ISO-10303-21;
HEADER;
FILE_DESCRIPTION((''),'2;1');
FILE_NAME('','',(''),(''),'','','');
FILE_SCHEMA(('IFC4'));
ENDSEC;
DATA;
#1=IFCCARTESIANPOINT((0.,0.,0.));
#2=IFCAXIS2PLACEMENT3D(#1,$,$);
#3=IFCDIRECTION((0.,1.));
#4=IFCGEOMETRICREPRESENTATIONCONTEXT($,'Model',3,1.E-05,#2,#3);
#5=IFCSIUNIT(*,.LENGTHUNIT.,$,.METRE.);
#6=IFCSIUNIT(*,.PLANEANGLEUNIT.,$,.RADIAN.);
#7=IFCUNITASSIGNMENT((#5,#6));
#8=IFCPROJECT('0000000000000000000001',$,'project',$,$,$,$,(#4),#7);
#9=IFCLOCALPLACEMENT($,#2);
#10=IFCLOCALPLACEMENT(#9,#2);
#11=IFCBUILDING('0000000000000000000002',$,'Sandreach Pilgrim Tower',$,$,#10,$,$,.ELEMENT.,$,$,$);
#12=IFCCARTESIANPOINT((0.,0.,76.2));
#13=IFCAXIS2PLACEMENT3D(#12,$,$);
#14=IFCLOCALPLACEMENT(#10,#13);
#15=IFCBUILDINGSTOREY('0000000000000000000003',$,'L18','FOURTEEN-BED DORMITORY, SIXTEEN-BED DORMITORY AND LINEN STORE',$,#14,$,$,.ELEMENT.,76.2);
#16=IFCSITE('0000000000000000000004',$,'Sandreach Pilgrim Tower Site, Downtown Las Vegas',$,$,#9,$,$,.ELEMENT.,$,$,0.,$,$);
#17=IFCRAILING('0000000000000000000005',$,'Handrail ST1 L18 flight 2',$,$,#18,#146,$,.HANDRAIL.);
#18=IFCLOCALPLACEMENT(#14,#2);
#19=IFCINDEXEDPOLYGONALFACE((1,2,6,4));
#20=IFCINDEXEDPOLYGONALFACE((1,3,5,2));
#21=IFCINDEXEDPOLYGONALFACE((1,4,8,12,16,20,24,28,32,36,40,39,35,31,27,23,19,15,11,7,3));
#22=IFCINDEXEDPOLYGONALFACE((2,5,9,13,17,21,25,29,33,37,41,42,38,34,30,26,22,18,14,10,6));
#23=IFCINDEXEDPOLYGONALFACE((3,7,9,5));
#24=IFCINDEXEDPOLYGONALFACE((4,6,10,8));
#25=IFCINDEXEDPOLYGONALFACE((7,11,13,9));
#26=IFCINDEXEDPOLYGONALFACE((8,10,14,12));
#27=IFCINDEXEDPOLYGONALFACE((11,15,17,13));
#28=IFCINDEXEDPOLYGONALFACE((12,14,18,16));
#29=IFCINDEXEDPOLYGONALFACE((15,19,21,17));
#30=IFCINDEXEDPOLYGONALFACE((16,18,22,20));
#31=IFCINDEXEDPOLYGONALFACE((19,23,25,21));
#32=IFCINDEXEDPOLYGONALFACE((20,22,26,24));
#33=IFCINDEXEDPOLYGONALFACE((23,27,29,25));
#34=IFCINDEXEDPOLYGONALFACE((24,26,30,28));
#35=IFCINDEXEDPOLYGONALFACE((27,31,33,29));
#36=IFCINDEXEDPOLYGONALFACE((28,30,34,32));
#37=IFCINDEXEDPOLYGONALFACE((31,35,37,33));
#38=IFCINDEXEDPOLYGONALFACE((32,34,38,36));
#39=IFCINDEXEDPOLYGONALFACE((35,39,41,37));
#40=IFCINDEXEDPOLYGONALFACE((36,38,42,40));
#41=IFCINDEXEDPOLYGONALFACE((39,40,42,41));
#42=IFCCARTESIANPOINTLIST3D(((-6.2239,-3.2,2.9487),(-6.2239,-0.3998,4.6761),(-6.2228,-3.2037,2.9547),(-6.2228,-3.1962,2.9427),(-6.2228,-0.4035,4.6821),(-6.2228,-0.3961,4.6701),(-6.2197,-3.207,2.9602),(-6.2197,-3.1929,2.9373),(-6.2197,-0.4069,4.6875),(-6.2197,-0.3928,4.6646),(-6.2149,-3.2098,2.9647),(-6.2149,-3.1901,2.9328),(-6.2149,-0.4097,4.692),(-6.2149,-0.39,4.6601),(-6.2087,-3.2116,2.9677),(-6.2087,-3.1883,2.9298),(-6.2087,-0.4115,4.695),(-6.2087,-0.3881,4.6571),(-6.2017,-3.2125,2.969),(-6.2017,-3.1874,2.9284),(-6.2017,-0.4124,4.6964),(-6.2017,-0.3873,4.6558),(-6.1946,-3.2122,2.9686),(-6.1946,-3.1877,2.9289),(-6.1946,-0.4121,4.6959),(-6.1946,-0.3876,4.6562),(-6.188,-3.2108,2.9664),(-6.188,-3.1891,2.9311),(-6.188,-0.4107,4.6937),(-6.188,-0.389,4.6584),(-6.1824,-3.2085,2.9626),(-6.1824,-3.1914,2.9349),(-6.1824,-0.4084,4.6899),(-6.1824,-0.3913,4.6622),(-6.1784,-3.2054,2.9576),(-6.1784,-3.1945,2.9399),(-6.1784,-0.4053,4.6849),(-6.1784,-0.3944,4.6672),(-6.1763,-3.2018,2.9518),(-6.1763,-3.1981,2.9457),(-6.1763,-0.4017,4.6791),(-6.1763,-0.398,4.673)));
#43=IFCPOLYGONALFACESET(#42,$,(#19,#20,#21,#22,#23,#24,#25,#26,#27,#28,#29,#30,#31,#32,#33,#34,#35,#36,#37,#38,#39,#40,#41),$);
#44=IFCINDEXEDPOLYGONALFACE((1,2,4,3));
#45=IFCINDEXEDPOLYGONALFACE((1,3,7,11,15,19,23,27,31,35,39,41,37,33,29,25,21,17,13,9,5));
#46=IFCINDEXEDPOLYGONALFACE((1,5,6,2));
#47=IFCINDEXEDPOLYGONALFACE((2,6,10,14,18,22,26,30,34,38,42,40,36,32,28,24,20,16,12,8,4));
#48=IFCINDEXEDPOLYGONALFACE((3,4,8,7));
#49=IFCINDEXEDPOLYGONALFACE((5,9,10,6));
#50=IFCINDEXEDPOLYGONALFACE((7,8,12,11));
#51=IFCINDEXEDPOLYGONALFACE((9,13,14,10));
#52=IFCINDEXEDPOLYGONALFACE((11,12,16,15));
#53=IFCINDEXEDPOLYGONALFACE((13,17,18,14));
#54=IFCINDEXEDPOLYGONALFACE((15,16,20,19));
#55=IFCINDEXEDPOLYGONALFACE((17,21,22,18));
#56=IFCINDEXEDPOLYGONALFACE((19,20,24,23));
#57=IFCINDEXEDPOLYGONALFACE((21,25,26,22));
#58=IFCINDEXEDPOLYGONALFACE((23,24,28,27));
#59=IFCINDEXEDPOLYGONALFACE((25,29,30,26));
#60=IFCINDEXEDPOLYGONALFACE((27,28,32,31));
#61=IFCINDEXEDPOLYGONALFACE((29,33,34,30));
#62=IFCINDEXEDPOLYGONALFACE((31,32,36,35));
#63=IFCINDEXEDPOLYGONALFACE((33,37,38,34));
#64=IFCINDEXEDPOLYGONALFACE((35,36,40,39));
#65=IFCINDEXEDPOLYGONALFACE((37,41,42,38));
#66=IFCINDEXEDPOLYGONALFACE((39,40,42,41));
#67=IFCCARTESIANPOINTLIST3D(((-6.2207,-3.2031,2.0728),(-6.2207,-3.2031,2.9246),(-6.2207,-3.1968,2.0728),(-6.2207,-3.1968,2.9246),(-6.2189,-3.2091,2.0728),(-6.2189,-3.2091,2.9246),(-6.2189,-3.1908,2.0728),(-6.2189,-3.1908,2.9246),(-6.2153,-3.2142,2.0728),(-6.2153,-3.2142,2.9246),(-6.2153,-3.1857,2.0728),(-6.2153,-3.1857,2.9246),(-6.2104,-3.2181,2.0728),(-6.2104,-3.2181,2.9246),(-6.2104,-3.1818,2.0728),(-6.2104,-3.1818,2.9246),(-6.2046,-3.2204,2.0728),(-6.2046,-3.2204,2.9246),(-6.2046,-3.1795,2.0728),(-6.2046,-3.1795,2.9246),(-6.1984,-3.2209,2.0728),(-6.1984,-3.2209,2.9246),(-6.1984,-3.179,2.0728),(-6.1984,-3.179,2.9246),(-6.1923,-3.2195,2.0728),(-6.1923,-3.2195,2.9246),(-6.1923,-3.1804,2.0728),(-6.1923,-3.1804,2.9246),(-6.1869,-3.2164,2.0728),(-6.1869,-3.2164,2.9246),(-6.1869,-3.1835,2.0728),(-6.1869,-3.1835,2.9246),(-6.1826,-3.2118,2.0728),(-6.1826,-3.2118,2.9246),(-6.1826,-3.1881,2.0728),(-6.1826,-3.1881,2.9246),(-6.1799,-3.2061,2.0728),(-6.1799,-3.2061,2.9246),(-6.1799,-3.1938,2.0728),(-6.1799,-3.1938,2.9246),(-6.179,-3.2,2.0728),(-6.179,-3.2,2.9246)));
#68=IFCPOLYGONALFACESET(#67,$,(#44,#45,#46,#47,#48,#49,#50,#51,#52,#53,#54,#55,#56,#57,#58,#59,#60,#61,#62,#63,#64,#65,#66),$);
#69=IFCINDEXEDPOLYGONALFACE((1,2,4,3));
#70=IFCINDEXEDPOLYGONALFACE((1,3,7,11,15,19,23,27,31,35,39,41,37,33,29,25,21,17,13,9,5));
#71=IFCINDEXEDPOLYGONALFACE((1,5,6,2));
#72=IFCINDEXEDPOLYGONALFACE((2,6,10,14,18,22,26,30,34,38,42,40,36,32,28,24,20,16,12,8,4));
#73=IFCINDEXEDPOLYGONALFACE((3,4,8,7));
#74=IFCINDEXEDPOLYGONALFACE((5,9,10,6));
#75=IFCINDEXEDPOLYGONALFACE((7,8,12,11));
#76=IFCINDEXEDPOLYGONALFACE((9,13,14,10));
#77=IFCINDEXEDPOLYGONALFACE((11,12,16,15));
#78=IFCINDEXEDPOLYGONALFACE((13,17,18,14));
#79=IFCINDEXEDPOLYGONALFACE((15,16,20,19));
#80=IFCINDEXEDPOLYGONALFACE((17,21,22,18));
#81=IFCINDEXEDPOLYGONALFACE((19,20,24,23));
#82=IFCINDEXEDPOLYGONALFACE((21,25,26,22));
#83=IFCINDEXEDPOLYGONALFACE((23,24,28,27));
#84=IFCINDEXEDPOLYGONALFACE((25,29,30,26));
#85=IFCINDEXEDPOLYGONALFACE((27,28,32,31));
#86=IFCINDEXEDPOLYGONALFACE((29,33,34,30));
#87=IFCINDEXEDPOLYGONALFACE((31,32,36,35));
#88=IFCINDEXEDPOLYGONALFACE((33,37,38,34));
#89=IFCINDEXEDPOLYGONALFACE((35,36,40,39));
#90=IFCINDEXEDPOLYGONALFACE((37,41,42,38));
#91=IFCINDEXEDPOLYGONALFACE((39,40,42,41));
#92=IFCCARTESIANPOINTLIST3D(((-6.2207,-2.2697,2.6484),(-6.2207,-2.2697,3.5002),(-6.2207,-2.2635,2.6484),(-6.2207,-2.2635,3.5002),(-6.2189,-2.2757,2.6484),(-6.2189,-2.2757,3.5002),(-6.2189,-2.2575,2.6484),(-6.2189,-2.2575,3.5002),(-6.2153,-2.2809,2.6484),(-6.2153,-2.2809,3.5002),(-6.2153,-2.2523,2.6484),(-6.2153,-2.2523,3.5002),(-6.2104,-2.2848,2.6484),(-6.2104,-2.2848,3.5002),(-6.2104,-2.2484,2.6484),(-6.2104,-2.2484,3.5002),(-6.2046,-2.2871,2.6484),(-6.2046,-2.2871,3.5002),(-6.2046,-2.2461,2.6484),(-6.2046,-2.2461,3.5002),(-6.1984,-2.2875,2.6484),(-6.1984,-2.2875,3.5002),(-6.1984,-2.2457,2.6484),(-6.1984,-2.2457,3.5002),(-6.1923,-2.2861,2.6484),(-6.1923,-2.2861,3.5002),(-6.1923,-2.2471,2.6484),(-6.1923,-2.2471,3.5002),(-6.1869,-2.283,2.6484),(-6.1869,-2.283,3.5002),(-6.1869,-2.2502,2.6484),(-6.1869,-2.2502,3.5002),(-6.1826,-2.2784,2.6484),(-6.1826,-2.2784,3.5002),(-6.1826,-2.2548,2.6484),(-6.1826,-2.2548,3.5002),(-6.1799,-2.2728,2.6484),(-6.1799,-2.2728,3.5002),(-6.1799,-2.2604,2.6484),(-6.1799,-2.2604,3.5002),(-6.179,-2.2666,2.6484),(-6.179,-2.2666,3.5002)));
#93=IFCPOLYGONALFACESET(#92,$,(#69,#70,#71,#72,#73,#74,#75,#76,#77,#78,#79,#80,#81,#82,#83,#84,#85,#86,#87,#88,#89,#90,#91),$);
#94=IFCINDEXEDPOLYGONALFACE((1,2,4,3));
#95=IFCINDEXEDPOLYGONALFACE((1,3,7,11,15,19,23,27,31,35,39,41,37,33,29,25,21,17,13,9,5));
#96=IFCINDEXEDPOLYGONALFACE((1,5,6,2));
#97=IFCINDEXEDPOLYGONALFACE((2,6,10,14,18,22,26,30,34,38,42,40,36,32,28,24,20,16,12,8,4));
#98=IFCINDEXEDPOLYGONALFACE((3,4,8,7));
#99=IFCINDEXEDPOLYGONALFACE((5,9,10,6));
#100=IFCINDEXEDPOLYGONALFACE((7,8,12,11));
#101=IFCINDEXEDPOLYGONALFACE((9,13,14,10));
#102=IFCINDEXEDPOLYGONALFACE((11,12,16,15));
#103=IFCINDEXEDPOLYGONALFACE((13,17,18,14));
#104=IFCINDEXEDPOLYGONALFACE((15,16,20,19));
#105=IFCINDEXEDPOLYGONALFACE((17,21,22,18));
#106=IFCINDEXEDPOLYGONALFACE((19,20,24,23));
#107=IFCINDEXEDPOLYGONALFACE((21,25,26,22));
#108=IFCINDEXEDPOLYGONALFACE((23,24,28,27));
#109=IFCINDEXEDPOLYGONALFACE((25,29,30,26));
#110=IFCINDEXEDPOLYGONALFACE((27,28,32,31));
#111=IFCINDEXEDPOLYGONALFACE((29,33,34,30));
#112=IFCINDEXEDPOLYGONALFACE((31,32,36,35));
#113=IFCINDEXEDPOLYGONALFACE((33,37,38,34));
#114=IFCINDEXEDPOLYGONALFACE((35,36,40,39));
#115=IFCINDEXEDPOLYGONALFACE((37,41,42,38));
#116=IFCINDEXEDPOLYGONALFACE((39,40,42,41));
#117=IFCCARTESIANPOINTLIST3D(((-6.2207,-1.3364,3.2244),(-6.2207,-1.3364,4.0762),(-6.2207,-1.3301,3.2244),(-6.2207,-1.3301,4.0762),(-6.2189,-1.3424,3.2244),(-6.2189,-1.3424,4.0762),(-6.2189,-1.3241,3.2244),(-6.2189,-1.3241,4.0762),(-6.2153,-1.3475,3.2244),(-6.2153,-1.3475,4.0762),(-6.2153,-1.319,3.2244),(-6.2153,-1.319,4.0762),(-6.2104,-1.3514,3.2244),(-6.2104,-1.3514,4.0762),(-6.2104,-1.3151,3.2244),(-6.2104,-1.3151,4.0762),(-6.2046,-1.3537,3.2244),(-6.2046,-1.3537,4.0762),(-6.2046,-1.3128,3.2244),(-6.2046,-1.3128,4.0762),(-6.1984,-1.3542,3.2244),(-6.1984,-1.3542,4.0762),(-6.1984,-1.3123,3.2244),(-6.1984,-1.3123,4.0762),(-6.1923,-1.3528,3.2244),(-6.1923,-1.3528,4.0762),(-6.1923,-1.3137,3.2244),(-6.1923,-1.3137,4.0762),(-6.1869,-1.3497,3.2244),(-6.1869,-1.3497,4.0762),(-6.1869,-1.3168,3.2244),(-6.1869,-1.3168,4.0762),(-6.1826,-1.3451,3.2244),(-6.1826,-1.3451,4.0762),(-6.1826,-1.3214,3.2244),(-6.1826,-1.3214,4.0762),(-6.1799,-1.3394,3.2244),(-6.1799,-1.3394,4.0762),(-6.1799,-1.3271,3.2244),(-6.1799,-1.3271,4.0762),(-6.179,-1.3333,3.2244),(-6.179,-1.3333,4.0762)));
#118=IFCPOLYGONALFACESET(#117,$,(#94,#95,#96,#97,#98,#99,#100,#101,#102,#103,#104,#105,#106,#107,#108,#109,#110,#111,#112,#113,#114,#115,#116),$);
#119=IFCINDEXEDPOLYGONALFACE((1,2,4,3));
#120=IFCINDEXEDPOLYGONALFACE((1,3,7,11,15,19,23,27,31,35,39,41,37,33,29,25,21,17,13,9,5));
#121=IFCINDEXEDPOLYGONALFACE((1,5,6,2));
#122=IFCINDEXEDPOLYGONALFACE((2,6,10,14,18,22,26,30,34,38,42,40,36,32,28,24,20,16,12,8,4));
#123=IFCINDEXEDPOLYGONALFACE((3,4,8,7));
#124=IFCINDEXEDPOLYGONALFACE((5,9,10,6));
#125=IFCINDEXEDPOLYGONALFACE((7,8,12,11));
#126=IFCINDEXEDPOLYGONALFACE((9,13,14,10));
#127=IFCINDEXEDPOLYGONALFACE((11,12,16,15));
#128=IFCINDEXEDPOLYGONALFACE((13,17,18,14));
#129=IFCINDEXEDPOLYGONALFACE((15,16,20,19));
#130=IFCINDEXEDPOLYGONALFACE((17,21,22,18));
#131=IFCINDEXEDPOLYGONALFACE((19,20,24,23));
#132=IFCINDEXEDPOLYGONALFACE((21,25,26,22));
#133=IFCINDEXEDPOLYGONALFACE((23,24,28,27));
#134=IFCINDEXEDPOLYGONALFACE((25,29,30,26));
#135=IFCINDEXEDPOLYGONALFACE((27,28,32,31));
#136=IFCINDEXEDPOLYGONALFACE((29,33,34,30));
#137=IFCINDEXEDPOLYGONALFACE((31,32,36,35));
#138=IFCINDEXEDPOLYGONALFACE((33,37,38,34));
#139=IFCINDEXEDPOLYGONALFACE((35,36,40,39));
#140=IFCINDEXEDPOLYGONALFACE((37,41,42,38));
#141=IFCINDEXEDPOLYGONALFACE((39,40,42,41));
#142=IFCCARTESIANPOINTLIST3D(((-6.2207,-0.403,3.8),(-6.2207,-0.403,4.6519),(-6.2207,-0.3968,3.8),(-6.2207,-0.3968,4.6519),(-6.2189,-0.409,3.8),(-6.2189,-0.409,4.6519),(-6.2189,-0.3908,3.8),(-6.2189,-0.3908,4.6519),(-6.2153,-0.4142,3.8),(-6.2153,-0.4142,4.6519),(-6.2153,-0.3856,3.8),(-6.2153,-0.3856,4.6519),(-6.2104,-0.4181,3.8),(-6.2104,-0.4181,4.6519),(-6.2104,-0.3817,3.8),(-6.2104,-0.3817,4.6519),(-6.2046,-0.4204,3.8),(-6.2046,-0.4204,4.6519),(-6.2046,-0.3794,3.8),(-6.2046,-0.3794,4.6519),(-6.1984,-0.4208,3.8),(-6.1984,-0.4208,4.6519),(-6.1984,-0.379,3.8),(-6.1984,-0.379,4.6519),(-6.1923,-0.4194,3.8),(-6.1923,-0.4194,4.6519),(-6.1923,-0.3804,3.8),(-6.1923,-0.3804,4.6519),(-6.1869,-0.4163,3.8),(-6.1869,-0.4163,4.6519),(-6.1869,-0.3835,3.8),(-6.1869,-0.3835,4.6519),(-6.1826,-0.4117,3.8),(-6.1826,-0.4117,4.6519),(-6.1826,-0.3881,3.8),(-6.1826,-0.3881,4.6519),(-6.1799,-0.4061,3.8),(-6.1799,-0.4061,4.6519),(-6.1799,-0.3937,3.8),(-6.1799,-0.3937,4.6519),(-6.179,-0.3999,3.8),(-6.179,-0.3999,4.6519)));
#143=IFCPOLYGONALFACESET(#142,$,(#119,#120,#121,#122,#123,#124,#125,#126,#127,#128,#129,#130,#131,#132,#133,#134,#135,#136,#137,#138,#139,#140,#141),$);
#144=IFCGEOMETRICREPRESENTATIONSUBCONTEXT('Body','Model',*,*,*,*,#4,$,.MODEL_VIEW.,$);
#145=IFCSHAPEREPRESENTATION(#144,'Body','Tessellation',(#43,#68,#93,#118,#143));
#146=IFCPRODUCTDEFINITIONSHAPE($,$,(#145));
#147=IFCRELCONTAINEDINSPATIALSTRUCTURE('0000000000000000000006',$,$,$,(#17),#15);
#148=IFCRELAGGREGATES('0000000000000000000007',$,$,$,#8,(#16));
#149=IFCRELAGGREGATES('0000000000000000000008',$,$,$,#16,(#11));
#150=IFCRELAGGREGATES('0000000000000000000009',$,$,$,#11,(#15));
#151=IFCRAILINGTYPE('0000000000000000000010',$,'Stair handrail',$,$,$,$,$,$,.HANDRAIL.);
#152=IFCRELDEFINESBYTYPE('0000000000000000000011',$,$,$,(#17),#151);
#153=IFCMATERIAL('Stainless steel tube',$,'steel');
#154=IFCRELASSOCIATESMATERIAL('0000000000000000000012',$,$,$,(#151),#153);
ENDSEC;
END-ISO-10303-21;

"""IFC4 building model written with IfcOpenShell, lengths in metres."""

from ifc_helpers import new_model, si_unit, direction, frame, origin, origin_2d, place, context, subcontext, project, spatial, circle, extrude, material, type_object, element, save


model = new_model("IFC4")

# Units and contexts
model_context = context("Model", 3, precision=1e-05, world=origin(), true_north=direction((0.0, 1.0)))
body_context = subcontext(model_context, "Body", "Model", "MODEL_VIEW")
ifc_project = project(units=[si_unit("LENGTHUNIT", "METRE"), si_unit("PLANEANGLEUNIT", "RADIAN")], contexts=[model_context])

# Site, building, storey
site_placement = place(None, origin())
site = spatial("IfcSite", under=ifc_project, at=site_placement, Name="Sandreach Pilgrim Tower Site, Downtown Las Vegas", CompositionType="ELEMENT", RefElevation=0.0)
building_placement = place(site_placement, origin())
building = spatial("IfcBuilding", under=site, at=building_placement, Name="Sandreach Pilgrim Tower", CompositionType="ELEMENT")
storey_placement = place(building_placement, frame((0.0, 0.0, 76.2)))
storey = spatial("IfcBuildingStorey", under=building, at=storey_placement, Name="L18", Description="FOURTEEN-BED DORMITORY, SIXTEEN-BED DORMITORY AND LINEN STORE", CompositionType="ELEMENT", Elevation=76.2)

# Railing
ifc_material_1 = material(Name="Stainless steel tube", Category="steel")
railing_type = type_object("IfcRailingType", Name="Stair handrail", PredefinedType="HANDRAIL", material=ifc_material_1)
for number, where, name in (
    (1, (-6.2, -3.2, 2.0728), "Handrail ST1 L18 flight 2"),
):
    element("IfcRailing", number, at=place(storey_placement, frame(where)), inside=storey, type_object=railing_type, Name=name, PredefinedType="HANDRAIL", context=body_context, shape_type="SweptSolid", body=[
        extrude(circle(Radius=0.0239, at=origin_2d()), frame((0.0, 0.0, 0.876), z_axis=(0.0, 0.85109, 0.52502), x_axis=(-1.0, 0.0, 0.0)), (0.0, 0.0, 1.0), 3.29),
        extrude(circle(Radius=0.021, at=origin_2d()), origin(), (0.0, 0.0, 1.0), 0.8518),
        extrude(circle(Radius=0.021, at=origin_2d()), frame((0.0, 0.9333, 0.5757)), (0.0, 0.0, 1.0), 0.8518),
        extrude(circle(Radius=0.021, at=origin_2d()), frame((0.0, 1.8667, 1.1516)), (0.0, 0.0, 1.0), 0.8518),
        extrude(circle(Radius=0.021, at=origin_2d()), frame((0.0, 2.8, 1.7273)), (0.0, 0.0, 1.0), 0.8518),
    ])

save(model, "model.ifc")
